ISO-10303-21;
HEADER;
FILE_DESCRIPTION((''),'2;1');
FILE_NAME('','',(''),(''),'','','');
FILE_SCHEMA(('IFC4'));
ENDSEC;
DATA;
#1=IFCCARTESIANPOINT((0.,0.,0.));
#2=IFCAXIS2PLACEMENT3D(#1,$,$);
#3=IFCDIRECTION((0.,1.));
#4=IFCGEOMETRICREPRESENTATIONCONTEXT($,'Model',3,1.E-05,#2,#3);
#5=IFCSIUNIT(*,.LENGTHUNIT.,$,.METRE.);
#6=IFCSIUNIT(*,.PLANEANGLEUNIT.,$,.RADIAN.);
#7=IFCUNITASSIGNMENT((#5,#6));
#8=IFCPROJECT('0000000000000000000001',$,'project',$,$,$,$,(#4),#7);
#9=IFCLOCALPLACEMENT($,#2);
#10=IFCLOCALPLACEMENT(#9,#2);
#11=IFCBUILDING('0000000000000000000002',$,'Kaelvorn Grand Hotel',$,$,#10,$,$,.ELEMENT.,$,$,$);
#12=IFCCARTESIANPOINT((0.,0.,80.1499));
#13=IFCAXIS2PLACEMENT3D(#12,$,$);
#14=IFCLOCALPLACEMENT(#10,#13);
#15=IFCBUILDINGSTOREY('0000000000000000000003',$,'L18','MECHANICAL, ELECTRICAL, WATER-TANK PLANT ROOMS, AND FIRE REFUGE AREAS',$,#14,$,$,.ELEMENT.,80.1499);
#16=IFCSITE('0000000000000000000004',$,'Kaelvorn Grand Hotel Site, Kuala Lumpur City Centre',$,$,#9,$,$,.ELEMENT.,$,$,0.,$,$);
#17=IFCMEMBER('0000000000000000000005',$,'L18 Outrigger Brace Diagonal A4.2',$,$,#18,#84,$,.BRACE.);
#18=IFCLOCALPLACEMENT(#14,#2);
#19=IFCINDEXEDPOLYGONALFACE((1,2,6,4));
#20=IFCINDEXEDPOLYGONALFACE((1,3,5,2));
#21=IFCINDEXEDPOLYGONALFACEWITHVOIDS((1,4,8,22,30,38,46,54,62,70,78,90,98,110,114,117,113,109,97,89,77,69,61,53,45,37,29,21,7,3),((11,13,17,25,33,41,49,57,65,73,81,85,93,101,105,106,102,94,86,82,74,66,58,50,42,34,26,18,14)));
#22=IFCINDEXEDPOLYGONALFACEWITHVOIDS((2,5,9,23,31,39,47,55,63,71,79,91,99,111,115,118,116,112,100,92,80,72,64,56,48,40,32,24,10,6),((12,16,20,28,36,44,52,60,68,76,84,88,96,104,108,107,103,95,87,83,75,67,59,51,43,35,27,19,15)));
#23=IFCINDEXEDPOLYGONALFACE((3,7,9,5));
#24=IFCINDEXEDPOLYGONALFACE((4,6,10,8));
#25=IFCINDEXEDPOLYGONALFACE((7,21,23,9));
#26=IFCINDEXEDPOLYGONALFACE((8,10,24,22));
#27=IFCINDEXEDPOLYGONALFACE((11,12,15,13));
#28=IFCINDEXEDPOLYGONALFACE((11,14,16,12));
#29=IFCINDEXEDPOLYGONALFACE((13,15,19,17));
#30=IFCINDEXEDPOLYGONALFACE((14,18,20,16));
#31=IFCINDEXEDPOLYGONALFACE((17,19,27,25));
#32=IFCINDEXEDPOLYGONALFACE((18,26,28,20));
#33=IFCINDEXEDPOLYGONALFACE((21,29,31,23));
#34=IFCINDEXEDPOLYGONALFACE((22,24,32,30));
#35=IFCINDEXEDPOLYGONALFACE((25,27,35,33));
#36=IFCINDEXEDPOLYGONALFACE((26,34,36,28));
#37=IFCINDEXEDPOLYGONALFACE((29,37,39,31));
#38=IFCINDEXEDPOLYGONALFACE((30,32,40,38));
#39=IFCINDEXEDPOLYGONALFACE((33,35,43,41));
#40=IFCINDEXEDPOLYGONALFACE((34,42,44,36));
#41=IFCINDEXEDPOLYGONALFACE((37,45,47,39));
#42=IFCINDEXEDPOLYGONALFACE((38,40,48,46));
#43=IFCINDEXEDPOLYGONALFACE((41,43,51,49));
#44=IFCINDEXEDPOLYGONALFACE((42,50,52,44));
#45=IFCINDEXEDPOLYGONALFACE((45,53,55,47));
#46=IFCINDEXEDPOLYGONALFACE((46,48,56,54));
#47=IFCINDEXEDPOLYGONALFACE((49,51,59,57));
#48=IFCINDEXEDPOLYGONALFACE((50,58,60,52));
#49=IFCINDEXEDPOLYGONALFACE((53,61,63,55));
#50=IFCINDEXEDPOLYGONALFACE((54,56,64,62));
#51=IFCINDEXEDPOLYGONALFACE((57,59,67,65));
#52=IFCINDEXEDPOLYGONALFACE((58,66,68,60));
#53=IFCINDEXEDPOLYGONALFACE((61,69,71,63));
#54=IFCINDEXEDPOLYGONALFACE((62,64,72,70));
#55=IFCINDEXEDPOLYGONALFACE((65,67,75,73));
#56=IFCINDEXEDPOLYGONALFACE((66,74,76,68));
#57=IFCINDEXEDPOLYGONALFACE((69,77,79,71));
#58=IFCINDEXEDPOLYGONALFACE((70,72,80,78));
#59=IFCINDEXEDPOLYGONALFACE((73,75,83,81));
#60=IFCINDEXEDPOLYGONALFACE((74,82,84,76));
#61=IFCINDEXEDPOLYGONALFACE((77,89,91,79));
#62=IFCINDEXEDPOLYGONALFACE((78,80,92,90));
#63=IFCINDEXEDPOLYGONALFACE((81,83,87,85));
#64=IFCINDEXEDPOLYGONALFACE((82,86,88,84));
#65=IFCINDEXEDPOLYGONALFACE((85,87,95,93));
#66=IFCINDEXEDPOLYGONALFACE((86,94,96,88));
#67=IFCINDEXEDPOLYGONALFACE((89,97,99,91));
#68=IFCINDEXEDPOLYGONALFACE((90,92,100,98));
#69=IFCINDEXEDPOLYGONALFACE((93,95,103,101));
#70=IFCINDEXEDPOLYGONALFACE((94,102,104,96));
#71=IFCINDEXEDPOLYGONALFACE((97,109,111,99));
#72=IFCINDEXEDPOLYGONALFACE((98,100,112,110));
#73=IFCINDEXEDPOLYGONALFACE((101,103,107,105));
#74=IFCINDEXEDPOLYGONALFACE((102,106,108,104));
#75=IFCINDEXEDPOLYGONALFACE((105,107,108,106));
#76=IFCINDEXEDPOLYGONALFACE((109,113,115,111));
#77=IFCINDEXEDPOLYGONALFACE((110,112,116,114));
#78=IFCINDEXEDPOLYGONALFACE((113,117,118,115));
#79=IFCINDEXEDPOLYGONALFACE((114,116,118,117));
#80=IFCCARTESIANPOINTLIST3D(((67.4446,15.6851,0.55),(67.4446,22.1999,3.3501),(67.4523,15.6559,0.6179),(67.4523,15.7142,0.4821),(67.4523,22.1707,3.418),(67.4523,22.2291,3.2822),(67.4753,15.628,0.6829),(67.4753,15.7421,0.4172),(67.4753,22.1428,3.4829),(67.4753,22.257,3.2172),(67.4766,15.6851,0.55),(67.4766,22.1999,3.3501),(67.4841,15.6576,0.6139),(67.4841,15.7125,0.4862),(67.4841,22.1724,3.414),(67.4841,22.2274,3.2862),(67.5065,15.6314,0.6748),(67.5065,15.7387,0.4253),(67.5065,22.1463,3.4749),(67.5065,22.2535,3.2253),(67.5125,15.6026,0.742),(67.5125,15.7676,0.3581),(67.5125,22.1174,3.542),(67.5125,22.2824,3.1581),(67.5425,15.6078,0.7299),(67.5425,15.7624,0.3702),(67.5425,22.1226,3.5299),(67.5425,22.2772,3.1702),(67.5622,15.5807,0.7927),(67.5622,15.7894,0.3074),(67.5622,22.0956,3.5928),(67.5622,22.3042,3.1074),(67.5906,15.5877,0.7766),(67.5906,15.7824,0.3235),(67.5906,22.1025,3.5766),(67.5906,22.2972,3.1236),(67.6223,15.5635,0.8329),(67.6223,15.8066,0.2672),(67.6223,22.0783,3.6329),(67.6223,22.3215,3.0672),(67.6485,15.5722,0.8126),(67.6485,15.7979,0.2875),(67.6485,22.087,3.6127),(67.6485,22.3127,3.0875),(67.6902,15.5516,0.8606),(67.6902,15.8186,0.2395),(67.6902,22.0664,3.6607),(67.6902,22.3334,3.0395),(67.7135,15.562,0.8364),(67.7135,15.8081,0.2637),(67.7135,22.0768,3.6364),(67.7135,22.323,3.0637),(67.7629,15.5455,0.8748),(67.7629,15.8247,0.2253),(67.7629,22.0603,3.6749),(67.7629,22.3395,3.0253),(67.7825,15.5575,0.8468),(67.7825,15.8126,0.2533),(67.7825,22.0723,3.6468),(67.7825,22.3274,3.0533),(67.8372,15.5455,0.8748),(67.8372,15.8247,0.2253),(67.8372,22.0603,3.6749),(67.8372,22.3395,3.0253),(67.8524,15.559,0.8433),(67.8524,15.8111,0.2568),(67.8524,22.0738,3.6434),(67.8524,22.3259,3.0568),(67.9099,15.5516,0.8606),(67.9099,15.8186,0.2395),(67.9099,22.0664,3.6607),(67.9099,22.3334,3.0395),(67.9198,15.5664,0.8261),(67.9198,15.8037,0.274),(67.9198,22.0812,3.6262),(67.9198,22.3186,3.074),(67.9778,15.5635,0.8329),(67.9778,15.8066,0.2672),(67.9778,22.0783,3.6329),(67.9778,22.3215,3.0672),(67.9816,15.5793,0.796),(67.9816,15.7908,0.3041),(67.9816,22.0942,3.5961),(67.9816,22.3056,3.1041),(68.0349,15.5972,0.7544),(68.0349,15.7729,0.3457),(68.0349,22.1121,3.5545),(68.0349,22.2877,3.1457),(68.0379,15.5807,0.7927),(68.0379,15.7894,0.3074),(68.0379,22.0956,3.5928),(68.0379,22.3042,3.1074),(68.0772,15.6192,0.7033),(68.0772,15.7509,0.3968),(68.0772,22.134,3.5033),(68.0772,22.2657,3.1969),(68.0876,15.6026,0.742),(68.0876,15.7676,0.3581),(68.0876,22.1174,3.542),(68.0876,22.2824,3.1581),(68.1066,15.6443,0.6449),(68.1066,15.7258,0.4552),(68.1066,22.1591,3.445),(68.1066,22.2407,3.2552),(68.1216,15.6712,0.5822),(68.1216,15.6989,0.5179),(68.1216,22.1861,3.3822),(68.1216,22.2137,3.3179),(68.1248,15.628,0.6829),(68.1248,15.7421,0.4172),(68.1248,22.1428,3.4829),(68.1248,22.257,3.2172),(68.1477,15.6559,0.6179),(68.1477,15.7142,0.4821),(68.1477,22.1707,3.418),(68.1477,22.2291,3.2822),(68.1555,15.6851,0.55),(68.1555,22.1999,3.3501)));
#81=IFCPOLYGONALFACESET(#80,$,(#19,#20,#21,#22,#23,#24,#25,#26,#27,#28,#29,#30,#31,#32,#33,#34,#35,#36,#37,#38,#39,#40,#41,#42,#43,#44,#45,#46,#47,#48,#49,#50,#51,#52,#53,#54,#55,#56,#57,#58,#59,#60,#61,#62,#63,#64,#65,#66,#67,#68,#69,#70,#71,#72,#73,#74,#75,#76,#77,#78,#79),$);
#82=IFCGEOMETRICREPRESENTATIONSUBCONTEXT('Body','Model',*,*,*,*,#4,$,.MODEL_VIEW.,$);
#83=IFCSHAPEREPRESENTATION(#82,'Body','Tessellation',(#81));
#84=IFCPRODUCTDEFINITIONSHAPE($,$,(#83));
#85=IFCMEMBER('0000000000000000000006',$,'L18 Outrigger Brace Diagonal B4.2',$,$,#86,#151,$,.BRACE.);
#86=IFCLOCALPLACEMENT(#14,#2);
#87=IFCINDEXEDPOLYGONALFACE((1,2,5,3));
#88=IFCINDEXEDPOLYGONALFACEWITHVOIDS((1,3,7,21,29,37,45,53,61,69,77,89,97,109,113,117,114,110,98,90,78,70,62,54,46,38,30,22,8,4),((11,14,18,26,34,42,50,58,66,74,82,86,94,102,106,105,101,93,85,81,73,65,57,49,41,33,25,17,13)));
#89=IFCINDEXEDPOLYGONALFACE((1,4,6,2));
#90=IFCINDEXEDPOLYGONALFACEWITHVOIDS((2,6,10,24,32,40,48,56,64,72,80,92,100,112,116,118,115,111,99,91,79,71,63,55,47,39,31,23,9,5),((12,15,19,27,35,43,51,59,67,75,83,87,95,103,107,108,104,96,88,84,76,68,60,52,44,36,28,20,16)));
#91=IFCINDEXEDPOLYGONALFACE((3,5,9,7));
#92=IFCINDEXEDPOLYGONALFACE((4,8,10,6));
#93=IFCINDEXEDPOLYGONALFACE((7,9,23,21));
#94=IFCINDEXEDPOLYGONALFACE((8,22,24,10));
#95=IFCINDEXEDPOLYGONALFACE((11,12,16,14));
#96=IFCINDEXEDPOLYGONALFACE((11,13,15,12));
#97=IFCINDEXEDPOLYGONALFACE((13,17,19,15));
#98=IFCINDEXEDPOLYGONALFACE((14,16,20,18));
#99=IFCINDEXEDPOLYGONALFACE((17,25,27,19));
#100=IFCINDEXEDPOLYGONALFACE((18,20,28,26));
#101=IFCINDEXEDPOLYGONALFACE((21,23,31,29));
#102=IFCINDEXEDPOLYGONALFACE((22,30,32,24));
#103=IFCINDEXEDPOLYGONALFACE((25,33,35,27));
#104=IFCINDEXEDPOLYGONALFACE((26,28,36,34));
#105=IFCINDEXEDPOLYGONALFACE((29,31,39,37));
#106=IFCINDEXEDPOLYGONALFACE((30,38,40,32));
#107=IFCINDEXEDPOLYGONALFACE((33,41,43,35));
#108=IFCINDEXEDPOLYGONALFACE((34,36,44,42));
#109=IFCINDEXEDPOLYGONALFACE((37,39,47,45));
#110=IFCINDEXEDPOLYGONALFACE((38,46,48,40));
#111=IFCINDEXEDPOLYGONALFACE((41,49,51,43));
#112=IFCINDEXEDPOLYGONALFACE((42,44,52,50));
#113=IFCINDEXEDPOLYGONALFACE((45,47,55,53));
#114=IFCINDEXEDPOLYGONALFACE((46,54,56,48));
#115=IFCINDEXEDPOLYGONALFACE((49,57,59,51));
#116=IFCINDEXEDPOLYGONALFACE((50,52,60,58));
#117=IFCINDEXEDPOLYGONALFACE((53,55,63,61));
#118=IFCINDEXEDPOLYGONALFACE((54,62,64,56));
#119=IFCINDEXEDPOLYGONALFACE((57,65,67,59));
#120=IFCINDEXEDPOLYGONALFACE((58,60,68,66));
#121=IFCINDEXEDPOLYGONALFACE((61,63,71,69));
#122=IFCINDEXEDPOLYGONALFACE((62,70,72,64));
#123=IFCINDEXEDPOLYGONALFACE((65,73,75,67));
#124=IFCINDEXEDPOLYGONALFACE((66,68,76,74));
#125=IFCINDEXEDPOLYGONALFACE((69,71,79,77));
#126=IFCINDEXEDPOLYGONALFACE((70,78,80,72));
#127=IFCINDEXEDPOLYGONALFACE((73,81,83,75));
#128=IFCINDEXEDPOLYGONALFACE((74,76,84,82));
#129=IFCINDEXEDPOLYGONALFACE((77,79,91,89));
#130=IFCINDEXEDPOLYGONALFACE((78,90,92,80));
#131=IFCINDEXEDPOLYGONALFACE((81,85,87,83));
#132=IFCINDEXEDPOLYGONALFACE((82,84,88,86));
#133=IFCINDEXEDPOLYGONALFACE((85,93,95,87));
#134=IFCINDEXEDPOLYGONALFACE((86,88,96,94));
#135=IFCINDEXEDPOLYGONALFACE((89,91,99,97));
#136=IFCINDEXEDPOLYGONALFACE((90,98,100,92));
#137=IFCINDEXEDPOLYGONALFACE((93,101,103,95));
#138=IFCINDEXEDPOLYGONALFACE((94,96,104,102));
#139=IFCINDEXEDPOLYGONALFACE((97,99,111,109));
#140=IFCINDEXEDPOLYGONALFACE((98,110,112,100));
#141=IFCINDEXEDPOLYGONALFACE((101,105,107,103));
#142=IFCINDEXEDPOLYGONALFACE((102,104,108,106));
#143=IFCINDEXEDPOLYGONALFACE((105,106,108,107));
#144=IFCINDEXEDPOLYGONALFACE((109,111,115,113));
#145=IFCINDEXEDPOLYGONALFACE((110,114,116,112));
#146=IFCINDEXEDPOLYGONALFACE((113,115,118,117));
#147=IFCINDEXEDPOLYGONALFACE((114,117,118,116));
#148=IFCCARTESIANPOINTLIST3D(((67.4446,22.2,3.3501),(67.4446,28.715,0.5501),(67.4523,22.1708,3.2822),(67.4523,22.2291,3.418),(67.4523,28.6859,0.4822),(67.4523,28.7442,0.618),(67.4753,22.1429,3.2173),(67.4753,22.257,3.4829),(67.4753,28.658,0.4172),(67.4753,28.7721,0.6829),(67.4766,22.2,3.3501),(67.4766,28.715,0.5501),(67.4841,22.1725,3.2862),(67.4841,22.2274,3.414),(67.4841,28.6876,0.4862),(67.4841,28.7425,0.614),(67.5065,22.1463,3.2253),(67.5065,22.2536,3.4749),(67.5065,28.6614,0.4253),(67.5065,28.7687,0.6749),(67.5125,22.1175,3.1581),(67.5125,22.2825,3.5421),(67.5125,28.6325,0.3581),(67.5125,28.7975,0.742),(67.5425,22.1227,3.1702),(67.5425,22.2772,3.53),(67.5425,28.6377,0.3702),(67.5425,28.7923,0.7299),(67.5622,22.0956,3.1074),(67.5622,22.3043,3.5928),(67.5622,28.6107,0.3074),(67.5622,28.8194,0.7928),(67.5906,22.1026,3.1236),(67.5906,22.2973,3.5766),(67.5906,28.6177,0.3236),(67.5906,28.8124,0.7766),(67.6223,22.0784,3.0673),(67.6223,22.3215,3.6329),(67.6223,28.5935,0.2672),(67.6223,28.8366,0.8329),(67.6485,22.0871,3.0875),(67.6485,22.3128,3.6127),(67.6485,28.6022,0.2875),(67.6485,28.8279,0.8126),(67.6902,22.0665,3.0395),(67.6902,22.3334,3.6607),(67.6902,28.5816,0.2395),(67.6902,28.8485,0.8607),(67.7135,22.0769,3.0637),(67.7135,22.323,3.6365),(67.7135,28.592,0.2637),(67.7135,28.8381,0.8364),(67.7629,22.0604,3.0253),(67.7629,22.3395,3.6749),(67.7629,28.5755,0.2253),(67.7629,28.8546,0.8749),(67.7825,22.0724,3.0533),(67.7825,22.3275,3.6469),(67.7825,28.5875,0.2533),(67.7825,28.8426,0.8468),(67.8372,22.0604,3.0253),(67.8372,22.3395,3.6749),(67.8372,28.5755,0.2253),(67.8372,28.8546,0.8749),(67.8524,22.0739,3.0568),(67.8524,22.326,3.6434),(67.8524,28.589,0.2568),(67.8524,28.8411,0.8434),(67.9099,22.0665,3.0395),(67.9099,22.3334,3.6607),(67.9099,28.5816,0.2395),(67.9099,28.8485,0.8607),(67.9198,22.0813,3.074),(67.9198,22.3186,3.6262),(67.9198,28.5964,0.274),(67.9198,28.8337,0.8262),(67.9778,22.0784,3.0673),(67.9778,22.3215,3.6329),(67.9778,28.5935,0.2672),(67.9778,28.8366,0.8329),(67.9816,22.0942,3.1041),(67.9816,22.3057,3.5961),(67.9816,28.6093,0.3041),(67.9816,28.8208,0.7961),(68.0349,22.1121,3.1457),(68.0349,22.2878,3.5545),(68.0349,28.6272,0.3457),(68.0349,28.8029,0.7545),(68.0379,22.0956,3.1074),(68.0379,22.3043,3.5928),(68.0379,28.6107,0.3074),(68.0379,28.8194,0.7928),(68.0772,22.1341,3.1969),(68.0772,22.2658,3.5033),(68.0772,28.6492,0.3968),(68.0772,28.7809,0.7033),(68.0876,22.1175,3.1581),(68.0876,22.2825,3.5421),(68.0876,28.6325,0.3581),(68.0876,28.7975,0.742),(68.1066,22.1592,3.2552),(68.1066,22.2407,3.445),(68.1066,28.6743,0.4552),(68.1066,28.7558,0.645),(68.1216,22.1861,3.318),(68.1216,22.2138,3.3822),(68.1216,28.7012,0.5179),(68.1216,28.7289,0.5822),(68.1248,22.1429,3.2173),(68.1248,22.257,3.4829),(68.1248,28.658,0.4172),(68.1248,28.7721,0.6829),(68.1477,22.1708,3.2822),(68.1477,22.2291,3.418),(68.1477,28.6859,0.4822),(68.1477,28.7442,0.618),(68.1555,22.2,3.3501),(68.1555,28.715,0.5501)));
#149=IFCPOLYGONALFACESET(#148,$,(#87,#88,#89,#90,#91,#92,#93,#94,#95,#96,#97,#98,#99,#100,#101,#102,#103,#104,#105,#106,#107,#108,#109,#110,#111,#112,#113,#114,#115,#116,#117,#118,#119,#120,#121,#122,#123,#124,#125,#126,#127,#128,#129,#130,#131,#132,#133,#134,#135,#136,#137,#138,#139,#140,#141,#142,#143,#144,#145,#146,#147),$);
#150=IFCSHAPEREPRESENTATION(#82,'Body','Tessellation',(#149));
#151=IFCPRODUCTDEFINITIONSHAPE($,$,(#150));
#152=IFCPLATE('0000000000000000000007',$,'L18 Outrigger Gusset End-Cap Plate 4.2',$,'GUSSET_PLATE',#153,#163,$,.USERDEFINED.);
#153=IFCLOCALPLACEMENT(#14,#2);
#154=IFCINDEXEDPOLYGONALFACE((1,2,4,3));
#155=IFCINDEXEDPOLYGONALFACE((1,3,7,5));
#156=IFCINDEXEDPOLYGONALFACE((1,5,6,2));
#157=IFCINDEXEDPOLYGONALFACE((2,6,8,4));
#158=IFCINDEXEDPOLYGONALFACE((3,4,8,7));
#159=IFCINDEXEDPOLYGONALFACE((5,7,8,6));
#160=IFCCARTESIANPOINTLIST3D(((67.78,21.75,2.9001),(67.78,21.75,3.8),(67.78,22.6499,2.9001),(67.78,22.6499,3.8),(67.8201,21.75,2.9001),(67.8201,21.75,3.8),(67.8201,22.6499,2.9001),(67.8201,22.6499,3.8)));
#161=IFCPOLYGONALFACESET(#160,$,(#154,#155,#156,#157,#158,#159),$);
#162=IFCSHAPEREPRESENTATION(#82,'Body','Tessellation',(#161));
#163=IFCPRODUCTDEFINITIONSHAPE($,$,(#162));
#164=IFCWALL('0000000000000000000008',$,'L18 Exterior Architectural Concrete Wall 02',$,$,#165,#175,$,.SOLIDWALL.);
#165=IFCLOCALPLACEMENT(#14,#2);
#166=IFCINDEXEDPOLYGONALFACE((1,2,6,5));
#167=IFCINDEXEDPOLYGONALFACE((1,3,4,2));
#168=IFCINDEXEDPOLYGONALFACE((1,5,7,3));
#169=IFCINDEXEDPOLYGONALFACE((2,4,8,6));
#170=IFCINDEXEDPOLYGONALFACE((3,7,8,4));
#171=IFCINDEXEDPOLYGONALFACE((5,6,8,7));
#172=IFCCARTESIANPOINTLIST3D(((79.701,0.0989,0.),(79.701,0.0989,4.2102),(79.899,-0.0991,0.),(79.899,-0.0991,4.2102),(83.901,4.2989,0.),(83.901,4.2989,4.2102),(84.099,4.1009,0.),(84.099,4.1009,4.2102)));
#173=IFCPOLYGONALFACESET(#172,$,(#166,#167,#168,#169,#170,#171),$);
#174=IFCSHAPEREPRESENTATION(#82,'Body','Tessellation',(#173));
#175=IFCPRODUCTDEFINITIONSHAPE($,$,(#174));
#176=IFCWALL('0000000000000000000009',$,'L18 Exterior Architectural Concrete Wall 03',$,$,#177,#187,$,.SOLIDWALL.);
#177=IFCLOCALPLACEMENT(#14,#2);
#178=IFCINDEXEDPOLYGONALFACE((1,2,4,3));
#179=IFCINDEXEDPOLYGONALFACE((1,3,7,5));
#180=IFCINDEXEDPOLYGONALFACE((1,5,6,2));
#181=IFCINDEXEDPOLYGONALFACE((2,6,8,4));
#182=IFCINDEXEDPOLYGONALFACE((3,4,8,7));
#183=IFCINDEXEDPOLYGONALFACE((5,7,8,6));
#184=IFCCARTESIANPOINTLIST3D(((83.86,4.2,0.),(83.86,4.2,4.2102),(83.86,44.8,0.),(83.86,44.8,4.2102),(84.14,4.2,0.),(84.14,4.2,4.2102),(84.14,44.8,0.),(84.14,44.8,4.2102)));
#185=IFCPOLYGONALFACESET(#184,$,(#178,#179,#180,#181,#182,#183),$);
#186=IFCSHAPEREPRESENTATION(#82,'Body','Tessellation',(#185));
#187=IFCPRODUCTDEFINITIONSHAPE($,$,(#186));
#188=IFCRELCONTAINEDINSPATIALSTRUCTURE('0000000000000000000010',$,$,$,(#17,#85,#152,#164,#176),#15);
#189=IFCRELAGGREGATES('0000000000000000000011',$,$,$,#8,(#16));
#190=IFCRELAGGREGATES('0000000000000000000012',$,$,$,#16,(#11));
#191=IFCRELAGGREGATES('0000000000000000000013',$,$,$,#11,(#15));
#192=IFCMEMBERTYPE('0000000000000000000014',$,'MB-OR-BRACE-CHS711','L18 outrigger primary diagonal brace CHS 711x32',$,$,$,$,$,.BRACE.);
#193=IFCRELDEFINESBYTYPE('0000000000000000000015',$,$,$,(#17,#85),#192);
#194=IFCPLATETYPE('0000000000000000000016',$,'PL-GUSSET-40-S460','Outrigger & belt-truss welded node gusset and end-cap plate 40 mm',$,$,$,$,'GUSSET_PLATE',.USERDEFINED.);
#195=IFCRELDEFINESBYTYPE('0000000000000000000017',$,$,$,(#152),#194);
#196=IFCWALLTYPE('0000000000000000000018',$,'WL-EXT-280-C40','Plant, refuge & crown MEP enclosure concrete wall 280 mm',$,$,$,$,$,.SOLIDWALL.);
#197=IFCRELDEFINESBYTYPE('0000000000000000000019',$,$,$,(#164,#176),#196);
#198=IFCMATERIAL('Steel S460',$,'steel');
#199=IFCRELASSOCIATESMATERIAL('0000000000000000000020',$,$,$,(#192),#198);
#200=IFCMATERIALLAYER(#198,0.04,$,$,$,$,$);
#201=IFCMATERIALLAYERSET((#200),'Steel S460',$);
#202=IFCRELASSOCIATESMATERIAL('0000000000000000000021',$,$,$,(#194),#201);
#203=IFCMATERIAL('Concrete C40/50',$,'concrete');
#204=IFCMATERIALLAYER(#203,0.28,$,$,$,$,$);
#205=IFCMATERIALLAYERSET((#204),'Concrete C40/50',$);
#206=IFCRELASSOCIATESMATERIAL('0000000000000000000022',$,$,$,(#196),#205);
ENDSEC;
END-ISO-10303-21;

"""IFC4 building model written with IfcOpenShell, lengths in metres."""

from ifc_helpers import new_model, si_unit, direction, frame, frame_2d, origin, origin_2d, place, context, subcontext, project, spatial, rectangle, hollow_circle, extrude, material, layer, layer_set, material_profile, profile_set, type_object, element, save


model = new_model("IFC4")

# Units and contexts
model_context = context("Model", 3, precision=1e-05, world=origin(), true_north=direction((0.0, 1.0)))
body_context = subcontext(model_context, "Body", "Model", "MODEL_VIEW")
ifc_project = project(units=[si_unit("LENGTHUNIT", "METRE"), si_unit("PLANEANGLEUNIT", "RADIAN")], contexts=[model_context])

# Site, building, storey
site_placement = place(None, origin())
site = spatial("IfcSite", under=ifc_project, at=site_placement, Name="Kaelvorn Grand Hotel Site, Kuala Lumpur City Centre", CompositionType="ELEMENT", RefElevation=0.0)
building_placement = place(site_placement, origin())
building = spatial("IfcBuilding", under=site, at=building_placement, Name="Kaelvorn Grand Hotel", CompositionType="ELEMENT")
storey_placement = place(building_placement, frame((0.0, 0.0, 80.1499)))
storey = spatial("IfcBuildingStorey", under=building, at=storey_placement, Name="L18", Description="MECHANICAL, ELECTRICAL, WATER-TANK PLANT ROOMS, AND FIRE REFUGE AREAS", CompositionType="ELEMENT", Elevation=80.1499)

# Shared definitions
ifc_material_1 = material(Name="Steel S460", Category="steel")

# Members
ifc_material_profile_1 = material_profile(ifc_material_1, hollow_circle(Radius=0.3555, WallThickness=0.032, at=origin_2d()), Name="CHS 711.0x32.0")
ifc_profile_set_1 = profile_set([ifc_material_profile_1], Name="Steel S460")
member_type = type_object("IfcMemberType", Name="MB-OR-BRACE-CHS711", Description="L18 outrigger primary diagonal brace CHS 711x32", PredefinedType="BRACE", material=ifc_profile_set_1)
member_1_placement = place(storey_placement, frame((67.8, 15.6851, 0.55), z_axis=(0.0, 0.918739, 0.394866), x_axis=(-1.0, 0.0, 0.0)))
element("IfcMember", 1, at=member_1_placement, inside=storey, type_object=member_type, Name="L18 Outrigger Brace Diagonal A4.2", PredefinedType="BRACE", context=body_context, shape_type="SweptSolid", body=[
    extrude(hollow_circle(Radius=0.3555, WallThickness=0.032, at=origin_2d()), origin(), (0.0, 0.0, 1.0), 7.0911),
])
member_2_placement = place(storey_placement, frame((67.8, 22.2, 3.3501), z_axis=(0.0, 0.918744, -0.394854), x_axis=(-1.0, 0.0, 0.0)))
element("IfcMember", 2, at=member_2_placement, inside=storey, type_object=member_type, Name="L18 Outrigger Brace Diagonal B4.2", PredefinedType="BRACE", context=body_context, shape_type="SweptSolid", body=[
    extrude(hollow_circle(Radius=0.3555, WallThickness=0.032, at=origin_2d()), origin(), (0.0, 0.0, 1.0), 7.0913),
])

# Plate
ifc_layer_1 = layer(ifc_material_1, 0.04)
ifc_layer_set_1 = layer_set([ifc_layer_1], Name="Steel S460")
plate_type = type_object("IfcPlateType", Name="PL-GUSSET-40-S460", Description="Outrigger & belt-truss welded node gusset and end-cap plate 40 mm", ElementType="GUSSET_PLATE", PredefinedType="USERDEFINED", material=ifc_layer_set_1)
plate_placement = place(storey_placement, frame((67.8, 22.2, 2.9001), z_axis=(0.0, 0.0, 1.0), x_axis=(1.0, 0.0, 0.0)))
element("IfcPlate", 3, at=plate_placement, inside=storey, type_object=plate_type, Name="L18 Outrigger Gusset End-Cap Plate 4.2", ObjectType="GUSSET_PLATE", PredefinedType="USERDEFINED", context=body_context, shape_type="SweptSolid", body=[
    extrude(rectangle(XDim=0.04, YDim=0.8999, at=origin_2d()), origin(), (0.0, 0.0, 1.0), 0.8999),
])

# Walls
ifc_material_2 = material(Name="Concrete C40/50", Category="concrete")
ifc_layer_2 = layer(ifc_material_2, 0.28)
ifc_layer_set_2 = layer_set([ifc_layer_2], Name="Concrete C40/50")
wall_type = type_object("IfcWallType", Name="WL-EXT-280-C40", Description="Plant, refuge & crown MEP enclosure concrete wall 280 mm", PredefinedType="SOLIDWALL", material=ifc_layer_set_2)
wall_1_placement = place(storey_placement, frame((79.8, 0.0, 0.0), z_axis=(0.0, 0.0, 1.0), x_axis=(0.707107, 0.707107, 0.0)))
element("IfcWall", 4, at=wall_1_placement, inside=storey, type_object=wall_type, Name="L18 Exterior Architectural Concrete Wall 02", PredefinedType="SOLIDWALL", context=body_context, shape_type="SweptSolid", body=[
    extrude(rectangle(XDim=5.9397, YDim=0.28, at=frame_2d((2.9697, 0.0))), origin(), (0.0, 0.0, 1.0), 4.2102),
])
wall_2_placement = place(storey_placement, frame((84.0, 4.2, 0.0), z_axis=(0.0, 0.0, 1.0), x_axis=(0.0, 1.0, 0.0)))
element("IfcWall", 5, at=wall_2_placement, inside=storey, type_object=wall_type, Name="L18 Exterior Architectural Concrete Wall 03", PredefinedType="SOLIDWALL", context=body_context, shape_type="SweptSolid", body=[
    extrude(rectangle(XDim=40.6001, YDim=0.28, at=frame_2d((20.3, 0.0))), origin(), (0.0, 0.0, 1.0), 4.2102),
])

save(model, "model.ifc")
